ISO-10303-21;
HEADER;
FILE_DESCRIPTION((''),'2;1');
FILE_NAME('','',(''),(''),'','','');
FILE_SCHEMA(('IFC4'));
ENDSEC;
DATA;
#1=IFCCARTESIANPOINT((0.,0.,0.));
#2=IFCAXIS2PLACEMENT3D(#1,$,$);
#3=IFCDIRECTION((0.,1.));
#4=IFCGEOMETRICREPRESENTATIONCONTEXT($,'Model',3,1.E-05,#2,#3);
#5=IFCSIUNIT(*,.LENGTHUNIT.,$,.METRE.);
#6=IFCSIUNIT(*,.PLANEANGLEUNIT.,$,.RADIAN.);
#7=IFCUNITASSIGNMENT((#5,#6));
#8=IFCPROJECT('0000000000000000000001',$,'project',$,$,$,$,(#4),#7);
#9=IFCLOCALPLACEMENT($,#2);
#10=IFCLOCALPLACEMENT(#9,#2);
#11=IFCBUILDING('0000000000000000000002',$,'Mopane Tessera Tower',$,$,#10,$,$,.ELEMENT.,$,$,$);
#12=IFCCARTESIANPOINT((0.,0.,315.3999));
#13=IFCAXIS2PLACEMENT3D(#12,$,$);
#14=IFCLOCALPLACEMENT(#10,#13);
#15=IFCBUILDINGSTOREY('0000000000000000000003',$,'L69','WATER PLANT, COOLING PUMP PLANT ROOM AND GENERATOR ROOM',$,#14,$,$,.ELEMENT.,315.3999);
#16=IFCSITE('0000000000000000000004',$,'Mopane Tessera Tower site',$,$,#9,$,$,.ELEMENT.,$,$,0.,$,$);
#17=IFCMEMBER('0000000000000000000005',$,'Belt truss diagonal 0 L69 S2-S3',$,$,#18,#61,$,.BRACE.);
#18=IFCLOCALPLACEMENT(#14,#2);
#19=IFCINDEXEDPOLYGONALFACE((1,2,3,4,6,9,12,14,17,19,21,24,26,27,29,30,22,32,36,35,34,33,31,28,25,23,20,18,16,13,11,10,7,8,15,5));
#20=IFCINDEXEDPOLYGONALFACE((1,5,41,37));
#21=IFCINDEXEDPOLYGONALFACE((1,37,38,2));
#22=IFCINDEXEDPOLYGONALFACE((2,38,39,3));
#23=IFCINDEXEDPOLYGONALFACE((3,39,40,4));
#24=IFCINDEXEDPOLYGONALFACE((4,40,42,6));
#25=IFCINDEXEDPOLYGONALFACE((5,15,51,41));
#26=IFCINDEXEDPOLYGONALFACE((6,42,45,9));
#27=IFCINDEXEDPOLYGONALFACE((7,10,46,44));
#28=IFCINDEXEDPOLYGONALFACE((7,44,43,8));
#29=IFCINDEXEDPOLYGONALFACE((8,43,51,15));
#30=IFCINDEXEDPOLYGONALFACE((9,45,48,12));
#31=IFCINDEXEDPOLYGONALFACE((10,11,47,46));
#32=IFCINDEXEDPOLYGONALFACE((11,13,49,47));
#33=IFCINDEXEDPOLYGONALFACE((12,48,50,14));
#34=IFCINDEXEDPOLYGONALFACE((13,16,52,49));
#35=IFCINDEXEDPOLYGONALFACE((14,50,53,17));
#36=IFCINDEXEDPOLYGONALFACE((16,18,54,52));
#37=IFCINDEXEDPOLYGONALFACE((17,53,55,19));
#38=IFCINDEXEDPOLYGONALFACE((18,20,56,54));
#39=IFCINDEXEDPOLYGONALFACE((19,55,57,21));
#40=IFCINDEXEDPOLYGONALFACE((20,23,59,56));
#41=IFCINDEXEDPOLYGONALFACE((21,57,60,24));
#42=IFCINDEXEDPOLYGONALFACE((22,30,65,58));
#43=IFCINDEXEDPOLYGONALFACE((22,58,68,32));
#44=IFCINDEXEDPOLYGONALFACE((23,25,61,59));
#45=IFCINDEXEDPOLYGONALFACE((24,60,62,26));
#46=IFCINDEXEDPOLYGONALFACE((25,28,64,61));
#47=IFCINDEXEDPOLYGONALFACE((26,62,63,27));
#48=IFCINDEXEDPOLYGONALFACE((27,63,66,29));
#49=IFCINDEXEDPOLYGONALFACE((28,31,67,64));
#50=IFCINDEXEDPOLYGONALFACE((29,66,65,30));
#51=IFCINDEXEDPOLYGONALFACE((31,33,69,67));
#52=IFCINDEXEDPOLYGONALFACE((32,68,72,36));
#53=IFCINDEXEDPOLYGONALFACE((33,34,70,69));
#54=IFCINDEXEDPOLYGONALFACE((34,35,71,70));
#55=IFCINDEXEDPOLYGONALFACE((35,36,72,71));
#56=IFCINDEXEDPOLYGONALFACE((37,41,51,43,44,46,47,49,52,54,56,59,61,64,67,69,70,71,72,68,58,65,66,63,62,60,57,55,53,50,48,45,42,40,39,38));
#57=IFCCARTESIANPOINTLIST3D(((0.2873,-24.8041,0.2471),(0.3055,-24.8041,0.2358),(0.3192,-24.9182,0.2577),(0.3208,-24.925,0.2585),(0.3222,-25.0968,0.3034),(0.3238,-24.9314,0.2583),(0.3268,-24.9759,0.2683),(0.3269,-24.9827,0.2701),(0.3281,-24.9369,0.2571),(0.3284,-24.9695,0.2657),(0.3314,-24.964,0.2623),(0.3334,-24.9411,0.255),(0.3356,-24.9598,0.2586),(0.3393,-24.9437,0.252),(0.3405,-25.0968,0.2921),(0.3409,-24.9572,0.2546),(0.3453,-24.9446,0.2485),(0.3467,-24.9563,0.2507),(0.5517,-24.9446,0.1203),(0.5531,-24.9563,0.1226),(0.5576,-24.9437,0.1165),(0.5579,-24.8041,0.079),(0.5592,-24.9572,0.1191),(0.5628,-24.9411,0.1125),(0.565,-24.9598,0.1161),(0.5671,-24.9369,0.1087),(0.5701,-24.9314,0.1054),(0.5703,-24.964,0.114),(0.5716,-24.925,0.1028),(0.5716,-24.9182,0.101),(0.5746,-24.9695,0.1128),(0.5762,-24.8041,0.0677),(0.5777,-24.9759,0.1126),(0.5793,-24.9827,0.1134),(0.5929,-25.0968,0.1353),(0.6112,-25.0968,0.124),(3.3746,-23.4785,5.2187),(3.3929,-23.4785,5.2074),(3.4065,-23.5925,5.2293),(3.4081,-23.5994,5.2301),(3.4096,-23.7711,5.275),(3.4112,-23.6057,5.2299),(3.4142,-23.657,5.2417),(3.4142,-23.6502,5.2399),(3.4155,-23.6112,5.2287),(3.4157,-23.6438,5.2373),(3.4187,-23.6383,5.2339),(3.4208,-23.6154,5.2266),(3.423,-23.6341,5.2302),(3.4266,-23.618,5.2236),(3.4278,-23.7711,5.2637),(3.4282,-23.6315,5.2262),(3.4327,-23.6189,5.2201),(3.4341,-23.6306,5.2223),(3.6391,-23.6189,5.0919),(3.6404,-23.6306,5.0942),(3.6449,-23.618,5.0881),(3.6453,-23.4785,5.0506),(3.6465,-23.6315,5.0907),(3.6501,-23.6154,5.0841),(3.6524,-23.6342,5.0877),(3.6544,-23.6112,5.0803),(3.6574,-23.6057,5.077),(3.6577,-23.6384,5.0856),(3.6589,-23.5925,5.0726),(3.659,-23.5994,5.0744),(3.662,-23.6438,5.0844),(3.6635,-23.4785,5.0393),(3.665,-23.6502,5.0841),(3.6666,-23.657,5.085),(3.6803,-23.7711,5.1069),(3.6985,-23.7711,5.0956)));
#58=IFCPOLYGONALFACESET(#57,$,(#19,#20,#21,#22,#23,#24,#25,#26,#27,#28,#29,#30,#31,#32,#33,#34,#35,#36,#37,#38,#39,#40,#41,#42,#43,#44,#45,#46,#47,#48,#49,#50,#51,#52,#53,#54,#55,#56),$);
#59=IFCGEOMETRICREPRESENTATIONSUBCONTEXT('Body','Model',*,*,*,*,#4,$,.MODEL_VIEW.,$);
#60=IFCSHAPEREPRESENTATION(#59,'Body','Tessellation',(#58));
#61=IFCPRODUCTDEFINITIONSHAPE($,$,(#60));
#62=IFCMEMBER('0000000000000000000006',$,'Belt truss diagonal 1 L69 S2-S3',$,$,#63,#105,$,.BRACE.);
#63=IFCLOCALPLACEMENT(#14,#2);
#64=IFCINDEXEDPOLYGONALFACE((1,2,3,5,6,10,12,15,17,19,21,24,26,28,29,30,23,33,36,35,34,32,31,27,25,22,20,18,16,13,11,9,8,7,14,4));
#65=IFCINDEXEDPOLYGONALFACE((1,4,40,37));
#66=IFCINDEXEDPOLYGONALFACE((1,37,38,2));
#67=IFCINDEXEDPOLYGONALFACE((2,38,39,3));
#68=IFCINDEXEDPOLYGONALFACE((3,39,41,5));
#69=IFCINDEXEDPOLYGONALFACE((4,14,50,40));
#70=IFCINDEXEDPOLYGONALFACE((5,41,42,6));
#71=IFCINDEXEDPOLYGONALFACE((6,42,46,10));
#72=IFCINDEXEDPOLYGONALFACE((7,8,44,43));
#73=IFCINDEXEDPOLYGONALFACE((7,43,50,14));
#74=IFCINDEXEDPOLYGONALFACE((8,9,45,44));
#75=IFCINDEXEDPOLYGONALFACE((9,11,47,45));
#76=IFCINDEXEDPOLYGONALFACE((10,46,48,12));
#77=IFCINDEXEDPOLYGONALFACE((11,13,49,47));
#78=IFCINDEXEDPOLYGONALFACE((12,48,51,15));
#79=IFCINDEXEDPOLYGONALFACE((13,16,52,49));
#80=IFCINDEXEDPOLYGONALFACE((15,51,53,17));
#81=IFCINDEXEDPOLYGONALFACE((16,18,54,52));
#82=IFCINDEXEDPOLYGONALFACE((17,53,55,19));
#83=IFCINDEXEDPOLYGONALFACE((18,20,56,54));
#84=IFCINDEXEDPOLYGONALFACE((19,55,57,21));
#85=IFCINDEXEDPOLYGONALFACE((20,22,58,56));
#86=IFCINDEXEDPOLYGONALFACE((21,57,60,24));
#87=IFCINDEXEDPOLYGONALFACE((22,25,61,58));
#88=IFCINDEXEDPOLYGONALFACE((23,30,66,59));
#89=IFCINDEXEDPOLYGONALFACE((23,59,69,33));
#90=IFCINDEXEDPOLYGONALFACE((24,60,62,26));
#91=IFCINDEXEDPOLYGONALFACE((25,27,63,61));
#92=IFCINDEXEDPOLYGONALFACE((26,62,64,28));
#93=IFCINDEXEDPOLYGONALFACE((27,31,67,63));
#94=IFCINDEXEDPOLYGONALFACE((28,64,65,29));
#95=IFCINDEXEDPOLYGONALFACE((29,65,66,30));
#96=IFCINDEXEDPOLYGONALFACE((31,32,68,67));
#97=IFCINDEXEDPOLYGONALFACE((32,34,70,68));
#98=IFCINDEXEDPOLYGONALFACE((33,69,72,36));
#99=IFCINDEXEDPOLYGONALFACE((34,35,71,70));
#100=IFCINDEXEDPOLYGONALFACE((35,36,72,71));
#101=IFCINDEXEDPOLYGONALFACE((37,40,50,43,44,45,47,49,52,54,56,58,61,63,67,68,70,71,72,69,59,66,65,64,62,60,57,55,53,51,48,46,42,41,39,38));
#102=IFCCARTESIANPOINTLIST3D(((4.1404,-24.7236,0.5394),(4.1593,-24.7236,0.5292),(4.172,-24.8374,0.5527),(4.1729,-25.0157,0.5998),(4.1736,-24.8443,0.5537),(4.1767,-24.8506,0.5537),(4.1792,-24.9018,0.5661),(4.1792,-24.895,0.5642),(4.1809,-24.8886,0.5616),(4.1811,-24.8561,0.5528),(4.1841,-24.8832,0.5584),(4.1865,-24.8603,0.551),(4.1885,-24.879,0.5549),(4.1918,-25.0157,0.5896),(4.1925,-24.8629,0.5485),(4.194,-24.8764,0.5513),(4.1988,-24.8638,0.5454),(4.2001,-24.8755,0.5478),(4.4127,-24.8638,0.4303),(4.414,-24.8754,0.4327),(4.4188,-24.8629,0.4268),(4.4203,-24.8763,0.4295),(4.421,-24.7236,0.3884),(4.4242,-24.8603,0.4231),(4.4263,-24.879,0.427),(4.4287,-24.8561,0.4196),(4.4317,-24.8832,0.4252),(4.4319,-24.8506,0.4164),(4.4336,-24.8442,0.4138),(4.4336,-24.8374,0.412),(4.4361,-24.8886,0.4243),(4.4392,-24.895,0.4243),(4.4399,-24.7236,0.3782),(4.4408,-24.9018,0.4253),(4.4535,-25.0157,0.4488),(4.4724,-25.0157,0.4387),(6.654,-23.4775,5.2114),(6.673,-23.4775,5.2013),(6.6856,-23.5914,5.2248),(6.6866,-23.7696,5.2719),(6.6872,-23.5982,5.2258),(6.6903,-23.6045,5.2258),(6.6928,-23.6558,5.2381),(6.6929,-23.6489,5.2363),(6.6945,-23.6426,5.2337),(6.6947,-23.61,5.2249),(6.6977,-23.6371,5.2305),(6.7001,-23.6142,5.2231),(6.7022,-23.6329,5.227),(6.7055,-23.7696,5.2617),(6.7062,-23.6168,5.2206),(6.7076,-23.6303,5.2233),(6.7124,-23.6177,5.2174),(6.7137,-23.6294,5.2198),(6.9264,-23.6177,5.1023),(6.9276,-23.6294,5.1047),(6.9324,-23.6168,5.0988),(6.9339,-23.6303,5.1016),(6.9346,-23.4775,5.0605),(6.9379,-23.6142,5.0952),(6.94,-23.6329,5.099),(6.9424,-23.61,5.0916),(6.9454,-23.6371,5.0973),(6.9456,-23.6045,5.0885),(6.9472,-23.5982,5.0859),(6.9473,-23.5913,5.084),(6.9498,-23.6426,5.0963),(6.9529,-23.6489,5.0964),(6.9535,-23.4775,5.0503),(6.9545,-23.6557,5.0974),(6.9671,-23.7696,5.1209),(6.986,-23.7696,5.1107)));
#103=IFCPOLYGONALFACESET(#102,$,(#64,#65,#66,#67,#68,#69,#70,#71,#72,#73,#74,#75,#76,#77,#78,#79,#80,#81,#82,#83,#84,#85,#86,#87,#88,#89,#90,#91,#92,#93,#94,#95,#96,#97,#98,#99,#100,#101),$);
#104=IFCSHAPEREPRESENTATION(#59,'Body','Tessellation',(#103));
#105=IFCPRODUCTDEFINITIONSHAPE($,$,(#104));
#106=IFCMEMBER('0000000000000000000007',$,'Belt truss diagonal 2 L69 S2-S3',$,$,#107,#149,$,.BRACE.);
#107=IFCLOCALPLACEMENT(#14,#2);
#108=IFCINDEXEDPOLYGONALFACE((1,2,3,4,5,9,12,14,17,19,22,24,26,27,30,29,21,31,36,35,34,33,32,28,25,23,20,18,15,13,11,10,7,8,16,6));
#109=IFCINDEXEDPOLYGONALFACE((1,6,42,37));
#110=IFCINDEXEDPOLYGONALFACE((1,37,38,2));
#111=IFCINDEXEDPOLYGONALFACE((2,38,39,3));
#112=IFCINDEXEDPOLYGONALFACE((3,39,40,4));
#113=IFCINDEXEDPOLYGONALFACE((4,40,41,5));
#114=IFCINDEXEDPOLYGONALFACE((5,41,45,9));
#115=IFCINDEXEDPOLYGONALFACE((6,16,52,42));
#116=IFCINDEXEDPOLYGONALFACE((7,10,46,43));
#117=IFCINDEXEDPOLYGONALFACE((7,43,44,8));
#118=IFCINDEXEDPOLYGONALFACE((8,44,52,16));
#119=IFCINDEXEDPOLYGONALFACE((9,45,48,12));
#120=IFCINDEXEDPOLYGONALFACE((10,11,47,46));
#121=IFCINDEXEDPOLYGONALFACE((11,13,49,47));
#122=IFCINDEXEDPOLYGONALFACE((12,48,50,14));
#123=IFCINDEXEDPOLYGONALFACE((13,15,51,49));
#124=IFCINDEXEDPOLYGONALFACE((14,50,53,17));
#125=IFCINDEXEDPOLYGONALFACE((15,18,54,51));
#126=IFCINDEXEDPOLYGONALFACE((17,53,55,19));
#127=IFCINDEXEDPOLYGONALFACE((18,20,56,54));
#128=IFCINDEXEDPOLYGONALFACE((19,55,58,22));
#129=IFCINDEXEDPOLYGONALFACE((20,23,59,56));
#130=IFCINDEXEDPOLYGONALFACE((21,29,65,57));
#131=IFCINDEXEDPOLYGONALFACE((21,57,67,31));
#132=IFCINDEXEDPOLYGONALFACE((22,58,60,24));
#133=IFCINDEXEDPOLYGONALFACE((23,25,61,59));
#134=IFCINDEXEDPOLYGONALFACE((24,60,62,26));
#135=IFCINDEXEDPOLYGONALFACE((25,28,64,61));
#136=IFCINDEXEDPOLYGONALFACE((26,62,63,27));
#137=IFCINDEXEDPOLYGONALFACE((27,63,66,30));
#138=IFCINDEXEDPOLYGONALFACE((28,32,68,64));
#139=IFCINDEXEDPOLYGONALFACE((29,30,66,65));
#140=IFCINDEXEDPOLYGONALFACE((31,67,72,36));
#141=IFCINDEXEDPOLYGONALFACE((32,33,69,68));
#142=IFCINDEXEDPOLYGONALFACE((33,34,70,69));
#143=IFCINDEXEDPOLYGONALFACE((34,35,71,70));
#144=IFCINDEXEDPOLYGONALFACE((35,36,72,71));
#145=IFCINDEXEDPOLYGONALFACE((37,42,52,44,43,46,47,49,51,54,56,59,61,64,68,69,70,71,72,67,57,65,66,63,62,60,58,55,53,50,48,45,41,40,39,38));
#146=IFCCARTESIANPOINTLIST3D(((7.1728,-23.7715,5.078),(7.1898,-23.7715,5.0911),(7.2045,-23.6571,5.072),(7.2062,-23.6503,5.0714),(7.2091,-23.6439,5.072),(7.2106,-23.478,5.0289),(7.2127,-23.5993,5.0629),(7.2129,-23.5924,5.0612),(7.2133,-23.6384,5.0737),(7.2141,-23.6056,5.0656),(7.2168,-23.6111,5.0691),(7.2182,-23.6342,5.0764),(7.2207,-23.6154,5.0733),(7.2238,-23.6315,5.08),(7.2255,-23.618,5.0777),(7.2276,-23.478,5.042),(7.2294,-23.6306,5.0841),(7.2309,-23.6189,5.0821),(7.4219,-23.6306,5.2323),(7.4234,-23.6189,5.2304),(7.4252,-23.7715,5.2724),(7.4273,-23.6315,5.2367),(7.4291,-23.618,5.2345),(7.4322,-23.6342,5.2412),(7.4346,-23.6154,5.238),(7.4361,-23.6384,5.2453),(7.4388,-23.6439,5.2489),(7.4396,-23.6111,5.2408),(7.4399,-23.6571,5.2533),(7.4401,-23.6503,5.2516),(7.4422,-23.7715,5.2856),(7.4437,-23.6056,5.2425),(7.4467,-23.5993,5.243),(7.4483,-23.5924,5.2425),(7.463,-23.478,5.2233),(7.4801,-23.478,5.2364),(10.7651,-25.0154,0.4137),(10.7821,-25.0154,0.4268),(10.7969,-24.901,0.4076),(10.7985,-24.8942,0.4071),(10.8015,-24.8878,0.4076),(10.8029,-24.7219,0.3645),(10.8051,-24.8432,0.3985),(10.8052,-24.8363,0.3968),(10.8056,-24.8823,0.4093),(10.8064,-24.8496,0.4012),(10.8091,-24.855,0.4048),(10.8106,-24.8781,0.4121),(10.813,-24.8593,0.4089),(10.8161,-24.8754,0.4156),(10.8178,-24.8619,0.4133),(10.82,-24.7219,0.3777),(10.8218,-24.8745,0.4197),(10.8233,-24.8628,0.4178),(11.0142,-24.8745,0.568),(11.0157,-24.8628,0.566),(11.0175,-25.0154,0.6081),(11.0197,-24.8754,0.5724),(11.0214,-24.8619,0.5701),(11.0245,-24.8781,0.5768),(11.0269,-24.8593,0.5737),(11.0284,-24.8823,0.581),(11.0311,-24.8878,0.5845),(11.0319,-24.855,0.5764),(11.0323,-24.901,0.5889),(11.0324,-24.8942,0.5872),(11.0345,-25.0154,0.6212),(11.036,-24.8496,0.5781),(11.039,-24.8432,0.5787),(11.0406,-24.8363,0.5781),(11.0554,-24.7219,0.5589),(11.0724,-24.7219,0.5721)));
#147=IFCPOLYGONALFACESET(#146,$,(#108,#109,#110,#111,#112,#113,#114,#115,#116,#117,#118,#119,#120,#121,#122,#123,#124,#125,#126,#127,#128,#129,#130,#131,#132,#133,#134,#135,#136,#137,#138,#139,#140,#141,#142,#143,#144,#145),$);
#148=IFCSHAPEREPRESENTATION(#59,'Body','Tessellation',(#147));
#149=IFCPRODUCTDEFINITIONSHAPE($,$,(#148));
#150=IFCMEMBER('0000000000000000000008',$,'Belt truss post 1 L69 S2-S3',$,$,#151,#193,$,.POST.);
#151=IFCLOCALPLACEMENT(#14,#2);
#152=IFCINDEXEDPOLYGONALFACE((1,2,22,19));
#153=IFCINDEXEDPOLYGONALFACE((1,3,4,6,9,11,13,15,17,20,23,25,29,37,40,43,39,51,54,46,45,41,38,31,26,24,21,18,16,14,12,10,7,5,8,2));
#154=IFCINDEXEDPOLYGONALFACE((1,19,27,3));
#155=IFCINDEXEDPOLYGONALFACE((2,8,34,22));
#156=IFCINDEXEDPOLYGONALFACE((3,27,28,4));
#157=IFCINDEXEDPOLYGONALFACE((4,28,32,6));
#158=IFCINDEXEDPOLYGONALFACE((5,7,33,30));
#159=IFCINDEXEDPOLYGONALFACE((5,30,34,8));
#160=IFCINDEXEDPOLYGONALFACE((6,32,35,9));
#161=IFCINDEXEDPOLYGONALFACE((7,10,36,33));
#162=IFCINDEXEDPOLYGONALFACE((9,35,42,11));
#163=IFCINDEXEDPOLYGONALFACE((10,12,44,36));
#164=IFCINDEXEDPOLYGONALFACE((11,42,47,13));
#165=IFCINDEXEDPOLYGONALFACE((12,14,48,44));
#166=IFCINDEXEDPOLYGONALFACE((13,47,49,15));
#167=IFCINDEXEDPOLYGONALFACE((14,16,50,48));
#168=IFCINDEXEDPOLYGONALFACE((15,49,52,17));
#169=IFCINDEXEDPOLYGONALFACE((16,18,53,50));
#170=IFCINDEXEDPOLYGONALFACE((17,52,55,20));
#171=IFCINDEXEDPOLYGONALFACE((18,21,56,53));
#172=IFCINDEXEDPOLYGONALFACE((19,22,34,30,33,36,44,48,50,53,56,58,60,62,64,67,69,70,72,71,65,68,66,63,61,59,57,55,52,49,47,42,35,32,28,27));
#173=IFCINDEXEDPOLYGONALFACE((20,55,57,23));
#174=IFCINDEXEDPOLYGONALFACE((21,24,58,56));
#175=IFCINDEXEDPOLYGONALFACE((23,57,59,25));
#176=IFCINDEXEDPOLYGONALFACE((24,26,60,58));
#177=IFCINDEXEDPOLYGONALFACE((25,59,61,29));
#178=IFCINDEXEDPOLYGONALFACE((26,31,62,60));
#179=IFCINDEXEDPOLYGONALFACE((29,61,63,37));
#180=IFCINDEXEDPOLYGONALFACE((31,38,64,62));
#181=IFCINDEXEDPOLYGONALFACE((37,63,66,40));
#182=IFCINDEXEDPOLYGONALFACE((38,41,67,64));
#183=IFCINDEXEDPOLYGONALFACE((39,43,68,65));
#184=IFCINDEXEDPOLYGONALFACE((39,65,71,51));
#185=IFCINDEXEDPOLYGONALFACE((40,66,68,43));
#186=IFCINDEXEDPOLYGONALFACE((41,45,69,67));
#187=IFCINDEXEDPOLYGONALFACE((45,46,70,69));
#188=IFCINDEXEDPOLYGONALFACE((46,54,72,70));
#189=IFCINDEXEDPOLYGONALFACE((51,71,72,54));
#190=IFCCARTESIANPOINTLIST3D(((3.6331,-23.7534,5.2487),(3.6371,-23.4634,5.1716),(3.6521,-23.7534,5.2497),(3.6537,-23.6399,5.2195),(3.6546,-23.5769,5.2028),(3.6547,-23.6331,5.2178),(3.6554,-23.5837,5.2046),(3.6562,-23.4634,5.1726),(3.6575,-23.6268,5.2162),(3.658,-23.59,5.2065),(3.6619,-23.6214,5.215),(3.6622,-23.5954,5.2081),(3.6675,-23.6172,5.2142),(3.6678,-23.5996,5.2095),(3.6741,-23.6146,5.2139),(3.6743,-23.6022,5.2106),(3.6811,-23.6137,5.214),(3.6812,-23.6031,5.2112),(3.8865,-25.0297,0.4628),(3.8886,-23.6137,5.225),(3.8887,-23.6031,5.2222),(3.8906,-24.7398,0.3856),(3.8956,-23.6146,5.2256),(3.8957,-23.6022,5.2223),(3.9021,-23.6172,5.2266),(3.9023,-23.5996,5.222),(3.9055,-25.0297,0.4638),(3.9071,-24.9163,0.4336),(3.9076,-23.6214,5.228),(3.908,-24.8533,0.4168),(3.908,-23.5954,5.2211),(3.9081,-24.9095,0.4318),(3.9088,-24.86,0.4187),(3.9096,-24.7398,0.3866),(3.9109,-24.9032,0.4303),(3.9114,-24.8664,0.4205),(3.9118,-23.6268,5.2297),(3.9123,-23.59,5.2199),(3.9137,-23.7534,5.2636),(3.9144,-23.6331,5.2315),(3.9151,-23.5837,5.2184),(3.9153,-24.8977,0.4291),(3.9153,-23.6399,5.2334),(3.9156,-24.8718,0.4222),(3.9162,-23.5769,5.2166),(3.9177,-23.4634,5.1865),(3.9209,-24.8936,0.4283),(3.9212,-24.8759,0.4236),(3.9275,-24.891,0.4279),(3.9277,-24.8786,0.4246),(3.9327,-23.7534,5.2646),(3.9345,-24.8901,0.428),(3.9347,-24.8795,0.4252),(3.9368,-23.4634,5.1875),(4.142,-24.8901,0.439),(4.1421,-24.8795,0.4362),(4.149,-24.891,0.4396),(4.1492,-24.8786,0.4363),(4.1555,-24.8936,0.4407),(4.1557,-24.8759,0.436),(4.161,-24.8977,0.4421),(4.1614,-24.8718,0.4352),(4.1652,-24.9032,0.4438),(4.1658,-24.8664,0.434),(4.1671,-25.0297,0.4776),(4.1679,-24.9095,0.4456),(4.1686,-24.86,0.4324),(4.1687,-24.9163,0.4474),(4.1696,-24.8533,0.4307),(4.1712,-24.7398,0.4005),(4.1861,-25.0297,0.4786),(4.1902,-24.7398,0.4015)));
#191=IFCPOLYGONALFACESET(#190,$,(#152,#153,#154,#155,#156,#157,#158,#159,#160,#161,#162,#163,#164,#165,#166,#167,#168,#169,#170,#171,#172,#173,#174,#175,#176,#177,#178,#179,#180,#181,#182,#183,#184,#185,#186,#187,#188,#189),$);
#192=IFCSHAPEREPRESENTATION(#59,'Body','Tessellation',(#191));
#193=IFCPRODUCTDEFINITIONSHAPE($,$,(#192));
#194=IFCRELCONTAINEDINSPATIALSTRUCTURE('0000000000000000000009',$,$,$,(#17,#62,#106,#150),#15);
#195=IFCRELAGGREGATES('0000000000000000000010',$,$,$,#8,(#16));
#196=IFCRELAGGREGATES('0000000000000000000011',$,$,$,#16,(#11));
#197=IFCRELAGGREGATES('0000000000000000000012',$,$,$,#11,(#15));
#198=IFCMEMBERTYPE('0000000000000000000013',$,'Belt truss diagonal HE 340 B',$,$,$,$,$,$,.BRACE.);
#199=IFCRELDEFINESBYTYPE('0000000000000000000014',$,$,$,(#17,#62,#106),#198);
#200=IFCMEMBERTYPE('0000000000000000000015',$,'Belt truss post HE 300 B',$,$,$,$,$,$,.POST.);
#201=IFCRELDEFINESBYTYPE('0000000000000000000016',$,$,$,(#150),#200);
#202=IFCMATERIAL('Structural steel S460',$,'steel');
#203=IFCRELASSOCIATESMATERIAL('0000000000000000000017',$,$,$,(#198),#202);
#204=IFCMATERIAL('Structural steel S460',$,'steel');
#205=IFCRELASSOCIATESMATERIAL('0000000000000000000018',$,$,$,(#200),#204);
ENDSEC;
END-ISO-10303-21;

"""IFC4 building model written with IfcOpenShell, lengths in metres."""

from ifc_helpers import new_model, si_unit, direction, frame, origin, origin_2d, place, context, subcontext, project, spatial, i_section, extrude, material, material_profile, profile_set, type_object, element, save


model = new_model("IFC4")

# Units and contexts
model_context = context("Model", 3, precision=1e-05, world=origin(), true_north=direction((0.0, 1.0)))
body_context = subcontext(model_context, "Body", "Model", "MODEL_VIEW")
ifc_project = project(units=[si_unit("LENGTHUNIT", "METRE"), si_unit("PLANEANGLEUNIT", "RADIAN")], contexts=[model_context])

# Site, building, storey
site_placement = place(None, origin())
site = spatial("IfcSite", under=ifc_project, at=site_placement, Name="Mopane Tessera Tower site", CompositionType="ELEMENT", RefElevation=0.0)
building_placement = place(site_placement, origin())
building = spatial("IfcBuilding", under=site, at=building_placement, Name="Mopane Tessera Tower", CompositionType="ELEMENT")
storey_placement = place(building_placement, frame((0.0, 0.0, 315.3999)))
storey = spatial("IfcBuildingStorey", under=building, at=storey_placement, Name="L69", Description="WATER PLANT, COOLING PUMP PLANT ROOM AND GENERATOR ROOM", CompositionType="ELEMENT", Elevation=315.3999)

# Members
ifc_material_1 = material(Name="Structural steel S460", Category="steel")
ifc_material_profile_1 = material_profile(ifc_material_1, i_section(OverallWidth=0.3, OverallDepth=0.3401, WebThickness=0.012, FlangeThickness=0.0215, FilletRadius=0.0271, at=origin_2d()))
ifc_profile_set_1 = profile_set([ifc_material_profile_1], Name="Structural steel S460")
member_type_1 = type_object("IfcMemberType", Name="Belt truss diagonal HE 340 B", PredefinedType="BRACE", material=ifc_profile_set_1)
member_1_placement = place(storey_placement, frame((0.4492, -24.9504, 0.1855), z_axis=(0.514516, 0.220926, 0.828532), x_axis=(-0.116525, 0.975291, -0.187697)))
element("IfcMember", 1, at=member_1_placement, inside=storey, type_object=member_type_1, Name="Belt truss diagonal 0 L69 S2-S3", PredefinedType="BRACE", context=body_context, shape_type="SweptSolid", body=[
    extrude(i_section(OverallWidth=0.3, OverallDepth=0.3401, WebThickness=0.012, FlangeThickness=0.0215, FilletRadius=0.0271, at=origin_2d()), origin(), (0.0, 0.0, 1.0), 6.0005),
])
member_2_placement = place(storey_placement, frame((4.3064, -24.8696, 0.489), z_axis=(0.461244, 0.228651, 0.857306), x_axis=(-0.108366, 0.973509, -0.201341)))
element("IfcMember", 2, at=member_2_placement, inside=storey, type_object=member_type_1, Name="Belt truss diagonal 1 L69 S2-S3", PredefinedType="BRACE", context=body_context, shape_type="SweptSolid", body=[
    extrude(i_section(OverallWidth=0.3, OverallDepth=0.3401, WebThickness=0.012, FlangeThickness=0.0215, FilletRadius=0.0271, at=origin_2d()), origin(), (0.0, 0.0, 1.0), 5.4497),
])
member_3_placement = place(storey_placement, frame((7.3264, -23.6248, 5.1572), z_axis=(0.596996, -0.206721, -0.775153), x_axis=(0.126137, 0.9784, -0.163778)))
element("IfcMember", 3, at=member_3_placement, inside=storey, type_object=member_type_1, Name="Belt truss diagonal 2 L69 S2-S3", PredefinedType="BRACE", context=body_context, shape_type="SweptSolid", body=[
    extrude(i_section(OverallWidth=0.3, OverallDepth=0.3401, WebThickness=0.012, FlangeThickness=0.0215, FilletRadius=0.0271, at=origin_2d()), origin(), (0.0, 0.0, 1.0), 6.0173),
])
ifc_material_2 = material(Name="Structural steel S460", Category="steel")
ifc_material_profile_2 = material_profile(ifc_material_2, i_section(OverallWidth=0.3, OverallDepth=0.3, WebThickness=0.011, FlangeThickness=0.019, FilletRadius=0.0271, at=origin_2d()))
ifc_profile_set_2 = profile_set([ifc_material_profile_2], Name="Structural steel S460")
member_type_2 = type_object("IfcMemberType", Name="Belt truss post HE 300 B", PredefinedType="POST", material=ifc_profile_set_2)
member_4_placement = place(storey_placement, frame((4.0383, -24.8848, 0.4321), z_axis=(-0.051096, 0.257351, 0.964966), x_axis=(0.013614, 0.966318, -0.25699)))
element("IfcMember", 4, at=member_4_placement, inside=storey, type_object=member_type_2, Name="Belt truss post 1 L69 S2-S3", PredefinedType="POST", context=body_context, shape_type="SweptSolid", body=[
    extrude(i_section(OverallWidth=0.3, OverallDepth=0.3, WebThickness=0.011, FlangeThickness=0.019, FilletRadius=0.0271, at=origin_2d()), origin(), (0.0, 0.0, 1.0), 4.9597),
])

save(model, "model.ifc")
